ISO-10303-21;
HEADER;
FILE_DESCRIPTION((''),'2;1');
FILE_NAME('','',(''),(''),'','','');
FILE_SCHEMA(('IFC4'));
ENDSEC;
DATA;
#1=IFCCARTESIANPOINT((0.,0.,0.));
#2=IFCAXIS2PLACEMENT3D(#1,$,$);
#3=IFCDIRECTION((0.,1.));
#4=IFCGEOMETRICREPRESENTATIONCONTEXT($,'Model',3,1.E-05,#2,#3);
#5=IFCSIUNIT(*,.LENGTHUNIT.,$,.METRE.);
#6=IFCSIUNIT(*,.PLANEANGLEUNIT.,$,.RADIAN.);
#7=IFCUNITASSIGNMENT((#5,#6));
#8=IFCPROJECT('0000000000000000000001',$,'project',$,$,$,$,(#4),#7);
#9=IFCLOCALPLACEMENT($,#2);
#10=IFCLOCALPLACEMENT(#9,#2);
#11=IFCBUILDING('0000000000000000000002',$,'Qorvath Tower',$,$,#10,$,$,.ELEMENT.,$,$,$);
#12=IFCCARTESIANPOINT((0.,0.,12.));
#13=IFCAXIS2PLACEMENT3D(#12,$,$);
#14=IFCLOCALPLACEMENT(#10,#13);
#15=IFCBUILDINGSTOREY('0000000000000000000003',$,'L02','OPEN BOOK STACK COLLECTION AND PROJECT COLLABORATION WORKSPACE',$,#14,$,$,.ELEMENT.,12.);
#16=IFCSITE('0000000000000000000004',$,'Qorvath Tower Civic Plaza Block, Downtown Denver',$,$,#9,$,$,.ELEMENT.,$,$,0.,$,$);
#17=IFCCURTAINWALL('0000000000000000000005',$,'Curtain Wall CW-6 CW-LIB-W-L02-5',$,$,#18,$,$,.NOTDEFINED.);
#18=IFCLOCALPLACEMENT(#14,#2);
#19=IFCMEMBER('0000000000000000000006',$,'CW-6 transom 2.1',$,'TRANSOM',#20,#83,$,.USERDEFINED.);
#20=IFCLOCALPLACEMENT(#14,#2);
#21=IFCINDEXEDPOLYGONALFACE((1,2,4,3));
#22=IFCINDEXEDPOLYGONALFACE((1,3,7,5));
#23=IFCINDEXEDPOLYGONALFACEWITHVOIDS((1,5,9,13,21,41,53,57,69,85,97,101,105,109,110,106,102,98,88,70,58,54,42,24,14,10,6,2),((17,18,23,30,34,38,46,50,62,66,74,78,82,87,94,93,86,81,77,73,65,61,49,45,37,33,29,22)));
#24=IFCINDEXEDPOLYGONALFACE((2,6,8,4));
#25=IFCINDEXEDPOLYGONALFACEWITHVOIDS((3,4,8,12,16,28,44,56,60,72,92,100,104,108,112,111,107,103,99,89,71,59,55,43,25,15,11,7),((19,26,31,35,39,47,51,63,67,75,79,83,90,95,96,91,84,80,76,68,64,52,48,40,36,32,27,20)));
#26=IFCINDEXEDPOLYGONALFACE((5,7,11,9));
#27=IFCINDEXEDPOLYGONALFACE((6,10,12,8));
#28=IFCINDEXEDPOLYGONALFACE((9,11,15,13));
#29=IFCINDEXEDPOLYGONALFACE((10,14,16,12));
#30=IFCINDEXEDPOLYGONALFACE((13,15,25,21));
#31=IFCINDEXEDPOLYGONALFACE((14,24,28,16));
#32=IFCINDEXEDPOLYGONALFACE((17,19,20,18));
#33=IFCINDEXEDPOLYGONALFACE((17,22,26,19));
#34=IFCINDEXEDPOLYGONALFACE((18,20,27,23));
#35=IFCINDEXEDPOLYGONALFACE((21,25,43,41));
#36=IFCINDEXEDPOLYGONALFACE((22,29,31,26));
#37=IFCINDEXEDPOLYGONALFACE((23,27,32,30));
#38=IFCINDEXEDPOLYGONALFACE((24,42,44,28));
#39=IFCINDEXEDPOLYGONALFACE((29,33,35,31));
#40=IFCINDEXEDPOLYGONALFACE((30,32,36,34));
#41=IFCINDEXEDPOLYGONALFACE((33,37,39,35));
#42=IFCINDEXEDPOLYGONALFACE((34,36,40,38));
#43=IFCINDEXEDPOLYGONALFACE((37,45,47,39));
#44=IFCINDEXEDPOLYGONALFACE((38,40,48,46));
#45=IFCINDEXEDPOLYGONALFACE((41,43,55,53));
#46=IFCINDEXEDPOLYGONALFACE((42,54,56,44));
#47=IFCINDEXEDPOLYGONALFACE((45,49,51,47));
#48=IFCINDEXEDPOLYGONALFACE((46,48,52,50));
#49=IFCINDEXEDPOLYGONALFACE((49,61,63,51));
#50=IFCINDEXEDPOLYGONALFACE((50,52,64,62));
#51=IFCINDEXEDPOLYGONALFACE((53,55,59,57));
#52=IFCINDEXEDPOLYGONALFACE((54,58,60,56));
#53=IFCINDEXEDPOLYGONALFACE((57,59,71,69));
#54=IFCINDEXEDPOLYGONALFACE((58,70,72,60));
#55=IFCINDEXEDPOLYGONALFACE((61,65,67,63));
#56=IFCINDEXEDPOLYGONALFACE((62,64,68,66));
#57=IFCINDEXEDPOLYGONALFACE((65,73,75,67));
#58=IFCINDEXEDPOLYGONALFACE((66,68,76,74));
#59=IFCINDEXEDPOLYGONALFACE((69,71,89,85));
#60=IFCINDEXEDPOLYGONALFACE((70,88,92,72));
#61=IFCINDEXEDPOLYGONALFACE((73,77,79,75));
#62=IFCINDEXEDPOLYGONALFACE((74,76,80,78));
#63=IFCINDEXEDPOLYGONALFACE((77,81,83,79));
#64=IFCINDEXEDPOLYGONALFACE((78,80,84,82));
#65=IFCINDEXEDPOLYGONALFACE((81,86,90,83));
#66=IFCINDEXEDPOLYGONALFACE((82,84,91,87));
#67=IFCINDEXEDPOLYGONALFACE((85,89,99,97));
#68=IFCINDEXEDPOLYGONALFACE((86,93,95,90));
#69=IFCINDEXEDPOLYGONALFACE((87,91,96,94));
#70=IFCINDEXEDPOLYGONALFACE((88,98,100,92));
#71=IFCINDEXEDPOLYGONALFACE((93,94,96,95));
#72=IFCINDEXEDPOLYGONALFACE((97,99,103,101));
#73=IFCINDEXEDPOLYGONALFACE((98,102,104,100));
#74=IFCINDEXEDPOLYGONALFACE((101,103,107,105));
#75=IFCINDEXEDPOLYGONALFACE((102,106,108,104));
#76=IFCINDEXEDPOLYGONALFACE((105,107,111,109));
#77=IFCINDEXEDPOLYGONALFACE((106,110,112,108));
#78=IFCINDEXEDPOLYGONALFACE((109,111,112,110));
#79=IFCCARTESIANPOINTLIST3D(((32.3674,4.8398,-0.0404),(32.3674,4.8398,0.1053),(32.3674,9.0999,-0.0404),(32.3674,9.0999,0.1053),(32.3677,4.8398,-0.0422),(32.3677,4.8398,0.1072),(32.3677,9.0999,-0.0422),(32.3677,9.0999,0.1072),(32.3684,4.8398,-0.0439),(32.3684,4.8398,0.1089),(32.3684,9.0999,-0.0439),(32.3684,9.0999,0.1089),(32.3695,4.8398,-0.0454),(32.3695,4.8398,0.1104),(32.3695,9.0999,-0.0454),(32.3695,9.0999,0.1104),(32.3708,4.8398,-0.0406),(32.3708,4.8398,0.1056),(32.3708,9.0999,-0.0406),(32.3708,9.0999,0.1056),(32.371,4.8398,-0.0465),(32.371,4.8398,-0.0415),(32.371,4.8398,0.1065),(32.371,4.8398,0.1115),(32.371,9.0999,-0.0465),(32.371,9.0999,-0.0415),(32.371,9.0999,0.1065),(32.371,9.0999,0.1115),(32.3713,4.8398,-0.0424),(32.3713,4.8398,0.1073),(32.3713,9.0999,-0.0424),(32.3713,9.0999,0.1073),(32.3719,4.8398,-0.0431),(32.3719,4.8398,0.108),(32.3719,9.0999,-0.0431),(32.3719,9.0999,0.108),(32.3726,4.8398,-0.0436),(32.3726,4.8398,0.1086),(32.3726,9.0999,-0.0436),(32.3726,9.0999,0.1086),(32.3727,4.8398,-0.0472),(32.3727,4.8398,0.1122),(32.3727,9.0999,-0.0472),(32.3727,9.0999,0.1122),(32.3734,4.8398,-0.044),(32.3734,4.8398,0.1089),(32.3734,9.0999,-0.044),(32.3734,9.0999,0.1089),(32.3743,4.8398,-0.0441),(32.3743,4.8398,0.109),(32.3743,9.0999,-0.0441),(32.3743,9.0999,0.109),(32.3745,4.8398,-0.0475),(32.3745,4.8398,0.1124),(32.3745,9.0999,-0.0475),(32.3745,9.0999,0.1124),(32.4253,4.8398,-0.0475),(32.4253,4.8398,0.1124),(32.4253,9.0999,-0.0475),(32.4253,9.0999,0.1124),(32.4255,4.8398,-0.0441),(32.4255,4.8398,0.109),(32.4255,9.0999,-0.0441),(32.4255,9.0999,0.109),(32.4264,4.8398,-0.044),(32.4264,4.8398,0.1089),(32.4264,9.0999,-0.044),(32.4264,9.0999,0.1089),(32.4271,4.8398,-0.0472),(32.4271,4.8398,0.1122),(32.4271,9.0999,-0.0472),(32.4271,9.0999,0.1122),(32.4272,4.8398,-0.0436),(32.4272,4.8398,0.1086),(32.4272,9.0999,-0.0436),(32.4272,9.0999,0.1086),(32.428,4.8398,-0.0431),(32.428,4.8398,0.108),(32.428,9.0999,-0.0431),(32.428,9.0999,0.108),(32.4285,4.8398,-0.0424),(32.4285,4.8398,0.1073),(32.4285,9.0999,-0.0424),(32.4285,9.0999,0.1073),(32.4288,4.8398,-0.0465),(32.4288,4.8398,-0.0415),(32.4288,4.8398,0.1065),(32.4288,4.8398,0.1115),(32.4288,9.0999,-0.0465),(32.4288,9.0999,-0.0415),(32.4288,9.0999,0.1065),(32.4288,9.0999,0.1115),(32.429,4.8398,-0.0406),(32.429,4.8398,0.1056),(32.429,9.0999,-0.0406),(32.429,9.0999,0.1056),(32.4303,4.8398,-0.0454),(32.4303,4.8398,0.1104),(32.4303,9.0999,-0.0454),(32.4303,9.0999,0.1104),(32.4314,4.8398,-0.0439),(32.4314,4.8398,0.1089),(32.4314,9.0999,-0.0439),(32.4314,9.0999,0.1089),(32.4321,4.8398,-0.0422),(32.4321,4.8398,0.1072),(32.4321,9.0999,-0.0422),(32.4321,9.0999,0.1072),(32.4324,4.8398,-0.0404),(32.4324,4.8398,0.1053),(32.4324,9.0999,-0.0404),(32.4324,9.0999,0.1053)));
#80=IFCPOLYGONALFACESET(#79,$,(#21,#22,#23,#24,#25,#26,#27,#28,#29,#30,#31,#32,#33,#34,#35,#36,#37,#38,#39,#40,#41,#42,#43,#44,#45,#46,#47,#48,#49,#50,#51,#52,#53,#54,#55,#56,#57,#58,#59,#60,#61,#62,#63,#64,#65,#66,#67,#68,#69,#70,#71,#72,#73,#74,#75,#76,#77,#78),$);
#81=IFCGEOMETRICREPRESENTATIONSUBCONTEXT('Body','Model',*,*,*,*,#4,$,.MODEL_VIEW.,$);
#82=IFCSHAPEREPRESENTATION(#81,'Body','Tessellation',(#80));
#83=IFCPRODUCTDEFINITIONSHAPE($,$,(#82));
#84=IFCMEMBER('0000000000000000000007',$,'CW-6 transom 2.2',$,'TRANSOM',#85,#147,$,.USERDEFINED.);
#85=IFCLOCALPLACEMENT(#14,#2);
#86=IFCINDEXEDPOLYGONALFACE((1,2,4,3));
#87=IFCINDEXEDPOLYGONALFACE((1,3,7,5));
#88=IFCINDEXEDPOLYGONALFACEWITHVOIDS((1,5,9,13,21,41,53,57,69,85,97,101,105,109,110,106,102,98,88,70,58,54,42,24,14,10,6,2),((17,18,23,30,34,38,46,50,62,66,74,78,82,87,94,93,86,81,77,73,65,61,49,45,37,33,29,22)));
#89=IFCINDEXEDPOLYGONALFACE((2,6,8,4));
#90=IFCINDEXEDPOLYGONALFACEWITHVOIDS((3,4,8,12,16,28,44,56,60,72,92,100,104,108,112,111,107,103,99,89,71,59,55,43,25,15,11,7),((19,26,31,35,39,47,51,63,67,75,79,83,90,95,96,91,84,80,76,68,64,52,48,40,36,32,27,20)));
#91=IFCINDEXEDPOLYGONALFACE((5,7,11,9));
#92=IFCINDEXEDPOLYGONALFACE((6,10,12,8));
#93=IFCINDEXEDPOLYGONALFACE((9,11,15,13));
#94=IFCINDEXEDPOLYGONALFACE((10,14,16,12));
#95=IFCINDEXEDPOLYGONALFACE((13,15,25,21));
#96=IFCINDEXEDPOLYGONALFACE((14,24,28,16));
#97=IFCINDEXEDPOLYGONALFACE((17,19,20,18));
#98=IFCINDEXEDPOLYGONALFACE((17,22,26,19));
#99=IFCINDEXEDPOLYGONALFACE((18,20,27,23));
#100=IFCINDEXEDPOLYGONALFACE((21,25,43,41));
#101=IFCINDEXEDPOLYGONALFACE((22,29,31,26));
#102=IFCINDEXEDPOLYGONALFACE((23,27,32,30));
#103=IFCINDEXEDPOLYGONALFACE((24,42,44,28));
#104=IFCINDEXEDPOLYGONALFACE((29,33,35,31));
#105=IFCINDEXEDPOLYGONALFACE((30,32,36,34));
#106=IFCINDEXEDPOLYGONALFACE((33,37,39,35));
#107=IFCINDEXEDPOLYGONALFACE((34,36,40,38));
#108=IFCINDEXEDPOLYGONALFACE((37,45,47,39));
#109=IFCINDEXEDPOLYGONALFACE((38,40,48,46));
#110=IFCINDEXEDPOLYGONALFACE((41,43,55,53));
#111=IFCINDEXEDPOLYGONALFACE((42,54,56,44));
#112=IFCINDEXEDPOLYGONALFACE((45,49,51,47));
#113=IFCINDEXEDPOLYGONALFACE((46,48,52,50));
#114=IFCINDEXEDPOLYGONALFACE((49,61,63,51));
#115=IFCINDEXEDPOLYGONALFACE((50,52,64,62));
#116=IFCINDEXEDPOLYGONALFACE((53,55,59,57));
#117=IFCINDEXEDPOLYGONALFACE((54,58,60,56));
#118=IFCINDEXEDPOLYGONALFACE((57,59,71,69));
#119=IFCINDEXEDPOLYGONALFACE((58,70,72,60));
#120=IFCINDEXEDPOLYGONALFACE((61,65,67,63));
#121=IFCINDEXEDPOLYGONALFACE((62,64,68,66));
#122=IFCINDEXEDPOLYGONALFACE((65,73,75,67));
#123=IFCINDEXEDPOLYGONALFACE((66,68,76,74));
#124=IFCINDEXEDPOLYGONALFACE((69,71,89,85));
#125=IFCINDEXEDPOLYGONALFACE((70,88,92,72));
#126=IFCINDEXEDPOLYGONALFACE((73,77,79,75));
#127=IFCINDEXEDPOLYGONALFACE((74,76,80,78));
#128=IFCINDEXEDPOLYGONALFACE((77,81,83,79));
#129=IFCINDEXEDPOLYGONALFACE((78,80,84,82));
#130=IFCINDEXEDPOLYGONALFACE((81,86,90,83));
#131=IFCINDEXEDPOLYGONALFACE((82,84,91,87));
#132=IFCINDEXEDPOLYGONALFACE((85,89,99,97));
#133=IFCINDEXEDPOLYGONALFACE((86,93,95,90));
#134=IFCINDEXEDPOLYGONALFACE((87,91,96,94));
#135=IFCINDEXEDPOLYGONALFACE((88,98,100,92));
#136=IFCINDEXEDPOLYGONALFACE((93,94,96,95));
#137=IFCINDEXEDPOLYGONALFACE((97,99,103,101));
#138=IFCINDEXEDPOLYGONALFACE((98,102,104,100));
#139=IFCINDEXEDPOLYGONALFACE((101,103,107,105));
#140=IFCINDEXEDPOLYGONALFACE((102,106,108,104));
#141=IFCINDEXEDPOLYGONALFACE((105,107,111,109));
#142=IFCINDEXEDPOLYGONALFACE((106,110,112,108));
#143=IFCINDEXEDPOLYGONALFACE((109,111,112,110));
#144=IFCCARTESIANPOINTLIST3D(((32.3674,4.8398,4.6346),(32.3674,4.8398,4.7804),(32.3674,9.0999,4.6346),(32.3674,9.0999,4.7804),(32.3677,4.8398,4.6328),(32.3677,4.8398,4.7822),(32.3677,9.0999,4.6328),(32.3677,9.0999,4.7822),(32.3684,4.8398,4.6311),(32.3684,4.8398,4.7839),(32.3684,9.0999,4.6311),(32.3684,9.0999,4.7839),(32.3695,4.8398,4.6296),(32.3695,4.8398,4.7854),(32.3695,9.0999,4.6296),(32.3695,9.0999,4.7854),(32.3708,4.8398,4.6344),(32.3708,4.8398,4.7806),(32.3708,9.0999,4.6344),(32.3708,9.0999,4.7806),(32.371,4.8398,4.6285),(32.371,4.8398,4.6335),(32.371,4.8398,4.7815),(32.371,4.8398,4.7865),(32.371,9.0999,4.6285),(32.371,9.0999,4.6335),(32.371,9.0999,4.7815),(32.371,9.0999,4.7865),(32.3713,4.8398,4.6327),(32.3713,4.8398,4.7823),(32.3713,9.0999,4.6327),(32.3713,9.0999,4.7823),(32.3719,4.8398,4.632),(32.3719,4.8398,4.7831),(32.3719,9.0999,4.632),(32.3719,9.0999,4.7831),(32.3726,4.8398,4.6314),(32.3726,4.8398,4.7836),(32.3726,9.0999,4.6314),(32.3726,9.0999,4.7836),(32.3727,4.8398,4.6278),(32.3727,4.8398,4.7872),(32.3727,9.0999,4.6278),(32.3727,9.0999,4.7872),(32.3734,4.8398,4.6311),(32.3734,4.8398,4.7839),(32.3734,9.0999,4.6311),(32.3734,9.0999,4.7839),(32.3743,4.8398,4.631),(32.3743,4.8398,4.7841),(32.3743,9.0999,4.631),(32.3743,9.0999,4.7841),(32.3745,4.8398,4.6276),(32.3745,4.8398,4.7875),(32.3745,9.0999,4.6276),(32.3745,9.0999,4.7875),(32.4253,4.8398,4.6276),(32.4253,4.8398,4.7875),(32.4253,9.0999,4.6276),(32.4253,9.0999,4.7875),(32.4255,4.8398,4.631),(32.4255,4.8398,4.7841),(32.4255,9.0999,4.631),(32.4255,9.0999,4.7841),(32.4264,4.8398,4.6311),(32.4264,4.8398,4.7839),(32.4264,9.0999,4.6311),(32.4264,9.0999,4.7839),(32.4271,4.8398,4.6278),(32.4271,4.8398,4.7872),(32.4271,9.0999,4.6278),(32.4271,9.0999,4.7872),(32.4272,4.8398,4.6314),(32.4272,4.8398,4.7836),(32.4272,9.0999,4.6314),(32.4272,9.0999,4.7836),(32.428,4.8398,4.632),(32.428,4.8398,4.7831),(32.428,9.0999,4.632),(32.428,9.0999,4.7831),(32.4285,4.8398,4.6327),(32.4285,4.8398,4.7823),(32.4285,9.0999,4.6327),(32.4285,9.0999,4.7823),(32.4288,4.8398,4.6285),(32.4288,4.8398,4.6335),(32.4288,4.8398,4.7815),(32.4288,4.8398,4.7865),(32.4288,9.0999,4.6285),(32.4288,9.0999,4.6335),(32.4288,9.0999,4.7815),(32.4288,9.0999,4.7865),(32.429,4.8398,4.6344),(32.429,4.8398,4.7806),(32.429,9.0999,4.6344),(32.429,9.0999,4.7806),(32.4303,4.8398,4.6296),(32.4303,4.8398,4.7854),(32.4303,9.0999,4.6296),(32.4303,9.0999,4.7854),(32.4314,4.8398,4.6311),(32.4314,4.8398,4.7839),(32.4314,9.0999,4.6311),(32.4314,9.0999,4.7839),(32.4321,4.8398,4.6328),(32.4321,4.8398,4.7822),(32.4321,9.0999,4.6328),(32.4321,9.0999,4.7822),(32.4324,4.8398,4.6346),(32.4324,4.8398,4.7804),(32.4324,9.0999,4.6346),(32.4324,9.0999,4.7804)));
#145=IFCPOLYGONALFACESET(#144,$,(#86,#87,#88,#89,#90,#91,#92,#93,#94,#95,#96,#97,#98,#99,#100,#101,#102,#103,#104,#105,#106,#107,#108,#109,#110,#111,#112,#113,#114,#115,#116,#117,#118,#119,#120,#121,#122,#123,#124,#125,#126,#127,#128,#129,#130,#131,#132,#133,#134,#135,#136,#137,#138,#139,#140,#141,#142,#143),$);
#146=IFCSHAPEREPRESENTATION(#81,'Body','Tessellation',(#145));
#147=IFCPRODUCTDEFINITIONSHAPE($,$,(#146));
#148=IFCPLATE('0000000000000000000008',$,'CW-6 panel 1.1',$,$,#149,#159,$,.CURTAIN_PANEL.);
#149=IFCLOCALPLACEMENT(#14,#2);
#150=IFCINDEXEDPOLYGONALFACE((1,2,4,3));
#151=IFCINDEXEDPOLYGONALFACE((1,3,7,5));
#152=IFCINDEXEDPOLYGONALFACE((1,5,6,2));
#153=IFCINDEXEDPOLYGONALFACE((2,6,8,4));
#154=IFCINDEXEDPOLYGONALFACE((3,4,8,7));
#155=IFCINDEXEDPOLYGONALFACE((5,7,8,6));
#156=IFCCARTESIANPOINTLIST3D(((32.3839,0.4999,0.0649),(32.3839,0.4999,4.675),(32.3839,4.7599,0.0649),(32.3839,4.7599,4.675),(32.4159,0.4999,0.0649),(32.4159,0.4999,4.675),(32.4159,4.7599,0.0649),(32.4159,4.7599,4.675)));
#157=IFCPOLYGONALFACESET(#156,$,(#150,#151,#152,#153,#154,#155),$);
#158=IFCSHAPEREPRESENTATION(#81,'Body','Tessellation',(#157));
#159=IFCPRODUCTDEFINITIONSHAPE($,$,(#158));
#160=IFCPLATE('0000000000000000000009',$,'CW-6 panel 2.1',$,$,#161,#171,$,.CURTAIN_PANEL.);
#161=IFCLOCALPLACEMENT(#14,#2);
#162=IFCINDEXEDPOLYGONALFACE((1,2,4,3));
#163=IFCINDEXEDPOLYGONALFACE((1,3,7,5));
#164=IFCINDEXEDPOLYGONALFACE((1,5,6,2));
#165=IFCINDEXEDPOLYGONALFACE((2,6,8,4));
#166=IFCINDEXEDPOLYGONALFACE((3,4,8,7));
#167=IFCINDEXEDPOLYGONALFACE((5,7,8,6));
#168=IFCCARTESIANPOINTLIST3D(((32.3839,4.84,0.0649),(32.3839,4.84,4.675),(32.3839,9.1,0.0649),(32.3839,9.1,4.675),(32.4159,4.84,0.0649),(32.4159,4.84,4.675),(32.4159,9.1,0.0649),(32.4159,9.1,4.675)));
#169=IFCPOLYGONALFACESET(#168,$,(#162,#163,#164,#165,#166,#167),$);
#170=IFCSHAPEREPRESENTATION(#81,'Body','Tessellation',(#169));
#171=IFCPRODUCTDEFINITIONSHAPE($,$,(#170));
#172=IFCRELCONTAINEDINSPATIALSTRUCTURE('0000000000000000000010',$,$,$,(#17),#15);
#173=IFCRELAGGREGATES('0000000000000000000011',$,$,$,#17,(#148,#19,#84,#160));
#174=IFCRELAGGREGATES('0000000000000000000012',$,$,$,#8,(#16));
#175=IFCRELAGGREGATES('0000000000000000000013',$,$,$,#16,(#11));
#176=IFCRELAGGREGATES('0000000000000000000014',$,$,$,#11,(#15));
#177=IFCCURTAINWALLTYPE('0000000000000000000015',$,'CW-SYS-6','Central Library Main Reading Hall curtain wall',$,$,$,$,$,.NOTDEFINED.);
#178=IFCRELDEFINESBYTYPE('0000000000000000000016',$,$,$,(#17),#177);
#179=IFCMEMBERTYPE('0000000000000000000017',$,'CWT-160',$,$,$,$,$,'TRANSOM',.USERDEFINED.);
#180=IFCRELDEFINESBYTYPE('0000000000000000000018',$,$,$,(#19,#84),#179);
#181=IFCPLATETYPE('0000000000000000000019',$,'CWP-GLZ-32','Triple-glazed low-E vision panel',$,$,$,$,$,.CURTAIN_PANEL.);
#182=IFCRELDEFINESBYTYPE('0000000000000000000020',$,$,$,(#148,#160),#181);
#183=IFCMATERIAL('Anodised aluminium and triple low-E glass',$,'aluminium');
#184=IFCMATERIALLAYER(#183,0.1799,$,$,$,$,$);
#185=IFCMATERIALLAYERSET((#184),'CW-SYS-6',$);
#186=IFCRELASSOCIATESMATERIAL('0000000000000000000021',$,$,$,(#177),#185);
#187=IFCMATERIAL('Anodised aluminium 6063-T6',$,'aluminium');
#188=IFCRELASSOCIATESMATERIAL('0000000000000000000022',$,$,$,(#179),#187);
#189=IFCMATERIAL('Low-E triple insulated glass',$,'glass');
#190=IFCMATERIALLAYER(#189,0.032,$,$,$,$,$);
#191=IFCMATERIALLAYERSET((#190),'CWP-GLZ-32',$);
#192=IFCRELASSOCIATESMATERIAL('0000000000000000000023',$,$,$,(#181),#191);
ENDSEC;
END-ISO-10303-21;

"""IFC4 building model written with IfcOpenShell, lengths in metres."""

from ifc_helpers import new_model, si_unit, direction, frame, origin, origin_2d, place, context, subcontext, project, spatial, rectangle, hollow_rectangle, extrude, material, layer, layer_set, material_profile, profile_set, type_object, element, aggregate, save


model = new_model("IFC4")

# Units and contexts
model_context = context("Model", 3, precision=1e-05, world=origin(), true_north=direction((0.0, 1.0)))
body_context = subcontext(model_context, "Body", "Model", "MODEL_VIEW")
ifc_project = project(units=[si_unit("LENGTHUNIT", "METRE"), si_unit("PLANEANGLEUNIT", "RADIAN")], contexts=[model_context])

# Site, building, storey
site_placement = place(None, origin())
site = spatial("IfcSite", under=ifc_project, at=site_placement, Name="Qorvath Tower Civic Plaza Block, Downtown Denver", CompositionType="ELEMENT", RefElevation=0.0)
building_placement = place(site_placement, origin())
building = spatial("IfcBuilding", under=site, at=building_placement, Name="Qorvath Tower", CompositionType="ELEMENT")
storey_placement = place(building_placement, frame((0.0, 0.0, 12.0)))
storey = spatial("IfcBuildingStorey", under=building, at=storey_placement, Name="L02", Description="OPEN BOOK STACK COLLECTION AND PROJECT COLLABORATION WORKSPACE", CompositionType="ELEMENT", Elevation=12.0)

# Curtain wall
ifc_material_1 = material(Name="Anodised aluminium and triple low-E glass", Category="aluminium")
ifc_layer_1 = layer(ifc_material_1, 0.1799)
ifc_layer_set_1 = layer_set([ifc_layer_1], Name="CW-SYS-6")
curtain_wall_type = type_object("IfcCurtainWallType", Name="CW-SYS-6", Description="Central Library Main Reading Hall curtain wall", PredefinedType="NOTDEFINED", material=ifc_layer_set_1)
curtain_wall_1_placement = place(storey_placement, origin())
curtain_wall_1 = element("IfcCurtainWall", 1, at=curtain_wall_1_placement, inside=storey, type_object=curtain_wall_type, Name="Curtain Wall CW-6 CW-LIB-W-L02-5", PredefinedType="NOTDEFINED")

# Members
ifc_material_2 = material(Name="Anodised aluminium 6063-T6", Category="aluminium")
ifc_material_profile_1 = material_profile(ifc_material_2, hollow_rectangle(XDim=0.0649, YDim=0.1599, WallThickness=0.0034, InnerFilletRadius=0.0034, OuterFilletRadius=0.0071, at=origin_2d()), Name="CWT 160x65")
ifc_profile_set_1 = profile_set([ifc_material_profile_1], Name="Anodised aluminium 6063-T6")
member_type_1 = type_object("IfcMemberType", Name="CWT-160", ElementType="TRANSOM", PredefinedType="USERDEFINED", material=ifc_profile_set_1)
member_1_placement = place(storey_placement, frame((32.3999, 4.8398, 0.0325), z_axis=(0.0, 1.0, 0.0), x_axis=(-1.0, 0.0, 0.0)))
member_1 = element("IfcMember", 2, at=member_1_placement, type_object=member_type_1, Name="CW-6 transom 2.1", ObjectType="TRANSOM", PredefinedType="USERDEFINED", context=body_context, shape_type="SweptSolid", body=[
    extrude(hollow_rectangle(XDim=0.0649, YDim=0.1599, WallThickness=0.0034, InnerFilletRadius=0.0034, OuterFilletRadius=0.0071, at=origin_2d()), origin(), (0.0, 0.0, 1.0), 4.26),
])
member_2_placement = place(storey_placement, frame((32.3999, 4.8398, 4.7075), z_axis=(0.0, 1.0, 0.0), x_axis=(-1.0, 0.0, 0.0)))
member_2 = element("IfcMember", 3, at=member_2_placement, type_object=member_type_1, Name="CW-6 transom 2.2", ObjectType="TRANSOM", PredefinedType="USERDEFINED", context=body_context, shape_type="SweptSolid", body=[
    extrude(hollow_rectangle(XDim=0.0649, YDim=0.1599, WallThickness=0.0034, InnerFilletRadius=0.0034, OuterFilletRadius=0.0071, at=origin_2d()), origin(), (0.0, 0.0, 1.0), 4.26),
])

# Plates
ifc_material_3 = material(Name="Low-E triple insulated glass", Category="glass")
ifc_layer_2 = layer(ifc_material_3, 0.032)
ifc_layer_set_2 = layer_set([ifc_layer_2], Name="CWP-GLZ-32")
plate_type = type_object("IfcPlateType", Name="CWP-GLZ-32", Description="Triple-glazed low-E vision panel", PredefinedType="CURTAIN_PANEL", material=ifc_layer_set_2)
plate_1_placement = place(storey_placement, frame((32.3999, 2.6299, 0.0649), z_axis=(0.0, 0.0, 1.0), x_axis=(0.0, 1.0, 0.0)))
plate_1 = element("IfcPlate", 4, at=plate_1_placement, type_object=plate_type, Name="CW-6 panel 1.1", PredefinedType="CURTAIN_PANEL", context=body_context, shape_type="SweptSolid", body=[
    extrude(rectangle(XDim=4.26, YDim=0.032, at=origin_2d()), origin(), (0.0, 0.0, 1.0), 4.6101),
])
plate_2_placement = place(storey_placement, frame((32.3999, 6.97, 0.0649), z_axis=(0.0, 0.0, 1.0), x_axis=(0.0, 1.0, 0.0)))
plate_2 = element("IfcPlate", 5, at=plate_2_placement, type_object=plate_type, Name="CW-6 panel 2.1", PredefinedType="CURTAIN_PANEL", context=body_context, shape_type="SweptSolid", body=[
    extrude(rectangle(XDim=4.26, YDim=0.032, at=origin_2d()), origin(), (0.0, 0.0, 1.0), 4.6101),
])
aggregate(curtain_wall_1, [plate_1, member_1, member_2, plate_2])

save(model, "model.ifc")
